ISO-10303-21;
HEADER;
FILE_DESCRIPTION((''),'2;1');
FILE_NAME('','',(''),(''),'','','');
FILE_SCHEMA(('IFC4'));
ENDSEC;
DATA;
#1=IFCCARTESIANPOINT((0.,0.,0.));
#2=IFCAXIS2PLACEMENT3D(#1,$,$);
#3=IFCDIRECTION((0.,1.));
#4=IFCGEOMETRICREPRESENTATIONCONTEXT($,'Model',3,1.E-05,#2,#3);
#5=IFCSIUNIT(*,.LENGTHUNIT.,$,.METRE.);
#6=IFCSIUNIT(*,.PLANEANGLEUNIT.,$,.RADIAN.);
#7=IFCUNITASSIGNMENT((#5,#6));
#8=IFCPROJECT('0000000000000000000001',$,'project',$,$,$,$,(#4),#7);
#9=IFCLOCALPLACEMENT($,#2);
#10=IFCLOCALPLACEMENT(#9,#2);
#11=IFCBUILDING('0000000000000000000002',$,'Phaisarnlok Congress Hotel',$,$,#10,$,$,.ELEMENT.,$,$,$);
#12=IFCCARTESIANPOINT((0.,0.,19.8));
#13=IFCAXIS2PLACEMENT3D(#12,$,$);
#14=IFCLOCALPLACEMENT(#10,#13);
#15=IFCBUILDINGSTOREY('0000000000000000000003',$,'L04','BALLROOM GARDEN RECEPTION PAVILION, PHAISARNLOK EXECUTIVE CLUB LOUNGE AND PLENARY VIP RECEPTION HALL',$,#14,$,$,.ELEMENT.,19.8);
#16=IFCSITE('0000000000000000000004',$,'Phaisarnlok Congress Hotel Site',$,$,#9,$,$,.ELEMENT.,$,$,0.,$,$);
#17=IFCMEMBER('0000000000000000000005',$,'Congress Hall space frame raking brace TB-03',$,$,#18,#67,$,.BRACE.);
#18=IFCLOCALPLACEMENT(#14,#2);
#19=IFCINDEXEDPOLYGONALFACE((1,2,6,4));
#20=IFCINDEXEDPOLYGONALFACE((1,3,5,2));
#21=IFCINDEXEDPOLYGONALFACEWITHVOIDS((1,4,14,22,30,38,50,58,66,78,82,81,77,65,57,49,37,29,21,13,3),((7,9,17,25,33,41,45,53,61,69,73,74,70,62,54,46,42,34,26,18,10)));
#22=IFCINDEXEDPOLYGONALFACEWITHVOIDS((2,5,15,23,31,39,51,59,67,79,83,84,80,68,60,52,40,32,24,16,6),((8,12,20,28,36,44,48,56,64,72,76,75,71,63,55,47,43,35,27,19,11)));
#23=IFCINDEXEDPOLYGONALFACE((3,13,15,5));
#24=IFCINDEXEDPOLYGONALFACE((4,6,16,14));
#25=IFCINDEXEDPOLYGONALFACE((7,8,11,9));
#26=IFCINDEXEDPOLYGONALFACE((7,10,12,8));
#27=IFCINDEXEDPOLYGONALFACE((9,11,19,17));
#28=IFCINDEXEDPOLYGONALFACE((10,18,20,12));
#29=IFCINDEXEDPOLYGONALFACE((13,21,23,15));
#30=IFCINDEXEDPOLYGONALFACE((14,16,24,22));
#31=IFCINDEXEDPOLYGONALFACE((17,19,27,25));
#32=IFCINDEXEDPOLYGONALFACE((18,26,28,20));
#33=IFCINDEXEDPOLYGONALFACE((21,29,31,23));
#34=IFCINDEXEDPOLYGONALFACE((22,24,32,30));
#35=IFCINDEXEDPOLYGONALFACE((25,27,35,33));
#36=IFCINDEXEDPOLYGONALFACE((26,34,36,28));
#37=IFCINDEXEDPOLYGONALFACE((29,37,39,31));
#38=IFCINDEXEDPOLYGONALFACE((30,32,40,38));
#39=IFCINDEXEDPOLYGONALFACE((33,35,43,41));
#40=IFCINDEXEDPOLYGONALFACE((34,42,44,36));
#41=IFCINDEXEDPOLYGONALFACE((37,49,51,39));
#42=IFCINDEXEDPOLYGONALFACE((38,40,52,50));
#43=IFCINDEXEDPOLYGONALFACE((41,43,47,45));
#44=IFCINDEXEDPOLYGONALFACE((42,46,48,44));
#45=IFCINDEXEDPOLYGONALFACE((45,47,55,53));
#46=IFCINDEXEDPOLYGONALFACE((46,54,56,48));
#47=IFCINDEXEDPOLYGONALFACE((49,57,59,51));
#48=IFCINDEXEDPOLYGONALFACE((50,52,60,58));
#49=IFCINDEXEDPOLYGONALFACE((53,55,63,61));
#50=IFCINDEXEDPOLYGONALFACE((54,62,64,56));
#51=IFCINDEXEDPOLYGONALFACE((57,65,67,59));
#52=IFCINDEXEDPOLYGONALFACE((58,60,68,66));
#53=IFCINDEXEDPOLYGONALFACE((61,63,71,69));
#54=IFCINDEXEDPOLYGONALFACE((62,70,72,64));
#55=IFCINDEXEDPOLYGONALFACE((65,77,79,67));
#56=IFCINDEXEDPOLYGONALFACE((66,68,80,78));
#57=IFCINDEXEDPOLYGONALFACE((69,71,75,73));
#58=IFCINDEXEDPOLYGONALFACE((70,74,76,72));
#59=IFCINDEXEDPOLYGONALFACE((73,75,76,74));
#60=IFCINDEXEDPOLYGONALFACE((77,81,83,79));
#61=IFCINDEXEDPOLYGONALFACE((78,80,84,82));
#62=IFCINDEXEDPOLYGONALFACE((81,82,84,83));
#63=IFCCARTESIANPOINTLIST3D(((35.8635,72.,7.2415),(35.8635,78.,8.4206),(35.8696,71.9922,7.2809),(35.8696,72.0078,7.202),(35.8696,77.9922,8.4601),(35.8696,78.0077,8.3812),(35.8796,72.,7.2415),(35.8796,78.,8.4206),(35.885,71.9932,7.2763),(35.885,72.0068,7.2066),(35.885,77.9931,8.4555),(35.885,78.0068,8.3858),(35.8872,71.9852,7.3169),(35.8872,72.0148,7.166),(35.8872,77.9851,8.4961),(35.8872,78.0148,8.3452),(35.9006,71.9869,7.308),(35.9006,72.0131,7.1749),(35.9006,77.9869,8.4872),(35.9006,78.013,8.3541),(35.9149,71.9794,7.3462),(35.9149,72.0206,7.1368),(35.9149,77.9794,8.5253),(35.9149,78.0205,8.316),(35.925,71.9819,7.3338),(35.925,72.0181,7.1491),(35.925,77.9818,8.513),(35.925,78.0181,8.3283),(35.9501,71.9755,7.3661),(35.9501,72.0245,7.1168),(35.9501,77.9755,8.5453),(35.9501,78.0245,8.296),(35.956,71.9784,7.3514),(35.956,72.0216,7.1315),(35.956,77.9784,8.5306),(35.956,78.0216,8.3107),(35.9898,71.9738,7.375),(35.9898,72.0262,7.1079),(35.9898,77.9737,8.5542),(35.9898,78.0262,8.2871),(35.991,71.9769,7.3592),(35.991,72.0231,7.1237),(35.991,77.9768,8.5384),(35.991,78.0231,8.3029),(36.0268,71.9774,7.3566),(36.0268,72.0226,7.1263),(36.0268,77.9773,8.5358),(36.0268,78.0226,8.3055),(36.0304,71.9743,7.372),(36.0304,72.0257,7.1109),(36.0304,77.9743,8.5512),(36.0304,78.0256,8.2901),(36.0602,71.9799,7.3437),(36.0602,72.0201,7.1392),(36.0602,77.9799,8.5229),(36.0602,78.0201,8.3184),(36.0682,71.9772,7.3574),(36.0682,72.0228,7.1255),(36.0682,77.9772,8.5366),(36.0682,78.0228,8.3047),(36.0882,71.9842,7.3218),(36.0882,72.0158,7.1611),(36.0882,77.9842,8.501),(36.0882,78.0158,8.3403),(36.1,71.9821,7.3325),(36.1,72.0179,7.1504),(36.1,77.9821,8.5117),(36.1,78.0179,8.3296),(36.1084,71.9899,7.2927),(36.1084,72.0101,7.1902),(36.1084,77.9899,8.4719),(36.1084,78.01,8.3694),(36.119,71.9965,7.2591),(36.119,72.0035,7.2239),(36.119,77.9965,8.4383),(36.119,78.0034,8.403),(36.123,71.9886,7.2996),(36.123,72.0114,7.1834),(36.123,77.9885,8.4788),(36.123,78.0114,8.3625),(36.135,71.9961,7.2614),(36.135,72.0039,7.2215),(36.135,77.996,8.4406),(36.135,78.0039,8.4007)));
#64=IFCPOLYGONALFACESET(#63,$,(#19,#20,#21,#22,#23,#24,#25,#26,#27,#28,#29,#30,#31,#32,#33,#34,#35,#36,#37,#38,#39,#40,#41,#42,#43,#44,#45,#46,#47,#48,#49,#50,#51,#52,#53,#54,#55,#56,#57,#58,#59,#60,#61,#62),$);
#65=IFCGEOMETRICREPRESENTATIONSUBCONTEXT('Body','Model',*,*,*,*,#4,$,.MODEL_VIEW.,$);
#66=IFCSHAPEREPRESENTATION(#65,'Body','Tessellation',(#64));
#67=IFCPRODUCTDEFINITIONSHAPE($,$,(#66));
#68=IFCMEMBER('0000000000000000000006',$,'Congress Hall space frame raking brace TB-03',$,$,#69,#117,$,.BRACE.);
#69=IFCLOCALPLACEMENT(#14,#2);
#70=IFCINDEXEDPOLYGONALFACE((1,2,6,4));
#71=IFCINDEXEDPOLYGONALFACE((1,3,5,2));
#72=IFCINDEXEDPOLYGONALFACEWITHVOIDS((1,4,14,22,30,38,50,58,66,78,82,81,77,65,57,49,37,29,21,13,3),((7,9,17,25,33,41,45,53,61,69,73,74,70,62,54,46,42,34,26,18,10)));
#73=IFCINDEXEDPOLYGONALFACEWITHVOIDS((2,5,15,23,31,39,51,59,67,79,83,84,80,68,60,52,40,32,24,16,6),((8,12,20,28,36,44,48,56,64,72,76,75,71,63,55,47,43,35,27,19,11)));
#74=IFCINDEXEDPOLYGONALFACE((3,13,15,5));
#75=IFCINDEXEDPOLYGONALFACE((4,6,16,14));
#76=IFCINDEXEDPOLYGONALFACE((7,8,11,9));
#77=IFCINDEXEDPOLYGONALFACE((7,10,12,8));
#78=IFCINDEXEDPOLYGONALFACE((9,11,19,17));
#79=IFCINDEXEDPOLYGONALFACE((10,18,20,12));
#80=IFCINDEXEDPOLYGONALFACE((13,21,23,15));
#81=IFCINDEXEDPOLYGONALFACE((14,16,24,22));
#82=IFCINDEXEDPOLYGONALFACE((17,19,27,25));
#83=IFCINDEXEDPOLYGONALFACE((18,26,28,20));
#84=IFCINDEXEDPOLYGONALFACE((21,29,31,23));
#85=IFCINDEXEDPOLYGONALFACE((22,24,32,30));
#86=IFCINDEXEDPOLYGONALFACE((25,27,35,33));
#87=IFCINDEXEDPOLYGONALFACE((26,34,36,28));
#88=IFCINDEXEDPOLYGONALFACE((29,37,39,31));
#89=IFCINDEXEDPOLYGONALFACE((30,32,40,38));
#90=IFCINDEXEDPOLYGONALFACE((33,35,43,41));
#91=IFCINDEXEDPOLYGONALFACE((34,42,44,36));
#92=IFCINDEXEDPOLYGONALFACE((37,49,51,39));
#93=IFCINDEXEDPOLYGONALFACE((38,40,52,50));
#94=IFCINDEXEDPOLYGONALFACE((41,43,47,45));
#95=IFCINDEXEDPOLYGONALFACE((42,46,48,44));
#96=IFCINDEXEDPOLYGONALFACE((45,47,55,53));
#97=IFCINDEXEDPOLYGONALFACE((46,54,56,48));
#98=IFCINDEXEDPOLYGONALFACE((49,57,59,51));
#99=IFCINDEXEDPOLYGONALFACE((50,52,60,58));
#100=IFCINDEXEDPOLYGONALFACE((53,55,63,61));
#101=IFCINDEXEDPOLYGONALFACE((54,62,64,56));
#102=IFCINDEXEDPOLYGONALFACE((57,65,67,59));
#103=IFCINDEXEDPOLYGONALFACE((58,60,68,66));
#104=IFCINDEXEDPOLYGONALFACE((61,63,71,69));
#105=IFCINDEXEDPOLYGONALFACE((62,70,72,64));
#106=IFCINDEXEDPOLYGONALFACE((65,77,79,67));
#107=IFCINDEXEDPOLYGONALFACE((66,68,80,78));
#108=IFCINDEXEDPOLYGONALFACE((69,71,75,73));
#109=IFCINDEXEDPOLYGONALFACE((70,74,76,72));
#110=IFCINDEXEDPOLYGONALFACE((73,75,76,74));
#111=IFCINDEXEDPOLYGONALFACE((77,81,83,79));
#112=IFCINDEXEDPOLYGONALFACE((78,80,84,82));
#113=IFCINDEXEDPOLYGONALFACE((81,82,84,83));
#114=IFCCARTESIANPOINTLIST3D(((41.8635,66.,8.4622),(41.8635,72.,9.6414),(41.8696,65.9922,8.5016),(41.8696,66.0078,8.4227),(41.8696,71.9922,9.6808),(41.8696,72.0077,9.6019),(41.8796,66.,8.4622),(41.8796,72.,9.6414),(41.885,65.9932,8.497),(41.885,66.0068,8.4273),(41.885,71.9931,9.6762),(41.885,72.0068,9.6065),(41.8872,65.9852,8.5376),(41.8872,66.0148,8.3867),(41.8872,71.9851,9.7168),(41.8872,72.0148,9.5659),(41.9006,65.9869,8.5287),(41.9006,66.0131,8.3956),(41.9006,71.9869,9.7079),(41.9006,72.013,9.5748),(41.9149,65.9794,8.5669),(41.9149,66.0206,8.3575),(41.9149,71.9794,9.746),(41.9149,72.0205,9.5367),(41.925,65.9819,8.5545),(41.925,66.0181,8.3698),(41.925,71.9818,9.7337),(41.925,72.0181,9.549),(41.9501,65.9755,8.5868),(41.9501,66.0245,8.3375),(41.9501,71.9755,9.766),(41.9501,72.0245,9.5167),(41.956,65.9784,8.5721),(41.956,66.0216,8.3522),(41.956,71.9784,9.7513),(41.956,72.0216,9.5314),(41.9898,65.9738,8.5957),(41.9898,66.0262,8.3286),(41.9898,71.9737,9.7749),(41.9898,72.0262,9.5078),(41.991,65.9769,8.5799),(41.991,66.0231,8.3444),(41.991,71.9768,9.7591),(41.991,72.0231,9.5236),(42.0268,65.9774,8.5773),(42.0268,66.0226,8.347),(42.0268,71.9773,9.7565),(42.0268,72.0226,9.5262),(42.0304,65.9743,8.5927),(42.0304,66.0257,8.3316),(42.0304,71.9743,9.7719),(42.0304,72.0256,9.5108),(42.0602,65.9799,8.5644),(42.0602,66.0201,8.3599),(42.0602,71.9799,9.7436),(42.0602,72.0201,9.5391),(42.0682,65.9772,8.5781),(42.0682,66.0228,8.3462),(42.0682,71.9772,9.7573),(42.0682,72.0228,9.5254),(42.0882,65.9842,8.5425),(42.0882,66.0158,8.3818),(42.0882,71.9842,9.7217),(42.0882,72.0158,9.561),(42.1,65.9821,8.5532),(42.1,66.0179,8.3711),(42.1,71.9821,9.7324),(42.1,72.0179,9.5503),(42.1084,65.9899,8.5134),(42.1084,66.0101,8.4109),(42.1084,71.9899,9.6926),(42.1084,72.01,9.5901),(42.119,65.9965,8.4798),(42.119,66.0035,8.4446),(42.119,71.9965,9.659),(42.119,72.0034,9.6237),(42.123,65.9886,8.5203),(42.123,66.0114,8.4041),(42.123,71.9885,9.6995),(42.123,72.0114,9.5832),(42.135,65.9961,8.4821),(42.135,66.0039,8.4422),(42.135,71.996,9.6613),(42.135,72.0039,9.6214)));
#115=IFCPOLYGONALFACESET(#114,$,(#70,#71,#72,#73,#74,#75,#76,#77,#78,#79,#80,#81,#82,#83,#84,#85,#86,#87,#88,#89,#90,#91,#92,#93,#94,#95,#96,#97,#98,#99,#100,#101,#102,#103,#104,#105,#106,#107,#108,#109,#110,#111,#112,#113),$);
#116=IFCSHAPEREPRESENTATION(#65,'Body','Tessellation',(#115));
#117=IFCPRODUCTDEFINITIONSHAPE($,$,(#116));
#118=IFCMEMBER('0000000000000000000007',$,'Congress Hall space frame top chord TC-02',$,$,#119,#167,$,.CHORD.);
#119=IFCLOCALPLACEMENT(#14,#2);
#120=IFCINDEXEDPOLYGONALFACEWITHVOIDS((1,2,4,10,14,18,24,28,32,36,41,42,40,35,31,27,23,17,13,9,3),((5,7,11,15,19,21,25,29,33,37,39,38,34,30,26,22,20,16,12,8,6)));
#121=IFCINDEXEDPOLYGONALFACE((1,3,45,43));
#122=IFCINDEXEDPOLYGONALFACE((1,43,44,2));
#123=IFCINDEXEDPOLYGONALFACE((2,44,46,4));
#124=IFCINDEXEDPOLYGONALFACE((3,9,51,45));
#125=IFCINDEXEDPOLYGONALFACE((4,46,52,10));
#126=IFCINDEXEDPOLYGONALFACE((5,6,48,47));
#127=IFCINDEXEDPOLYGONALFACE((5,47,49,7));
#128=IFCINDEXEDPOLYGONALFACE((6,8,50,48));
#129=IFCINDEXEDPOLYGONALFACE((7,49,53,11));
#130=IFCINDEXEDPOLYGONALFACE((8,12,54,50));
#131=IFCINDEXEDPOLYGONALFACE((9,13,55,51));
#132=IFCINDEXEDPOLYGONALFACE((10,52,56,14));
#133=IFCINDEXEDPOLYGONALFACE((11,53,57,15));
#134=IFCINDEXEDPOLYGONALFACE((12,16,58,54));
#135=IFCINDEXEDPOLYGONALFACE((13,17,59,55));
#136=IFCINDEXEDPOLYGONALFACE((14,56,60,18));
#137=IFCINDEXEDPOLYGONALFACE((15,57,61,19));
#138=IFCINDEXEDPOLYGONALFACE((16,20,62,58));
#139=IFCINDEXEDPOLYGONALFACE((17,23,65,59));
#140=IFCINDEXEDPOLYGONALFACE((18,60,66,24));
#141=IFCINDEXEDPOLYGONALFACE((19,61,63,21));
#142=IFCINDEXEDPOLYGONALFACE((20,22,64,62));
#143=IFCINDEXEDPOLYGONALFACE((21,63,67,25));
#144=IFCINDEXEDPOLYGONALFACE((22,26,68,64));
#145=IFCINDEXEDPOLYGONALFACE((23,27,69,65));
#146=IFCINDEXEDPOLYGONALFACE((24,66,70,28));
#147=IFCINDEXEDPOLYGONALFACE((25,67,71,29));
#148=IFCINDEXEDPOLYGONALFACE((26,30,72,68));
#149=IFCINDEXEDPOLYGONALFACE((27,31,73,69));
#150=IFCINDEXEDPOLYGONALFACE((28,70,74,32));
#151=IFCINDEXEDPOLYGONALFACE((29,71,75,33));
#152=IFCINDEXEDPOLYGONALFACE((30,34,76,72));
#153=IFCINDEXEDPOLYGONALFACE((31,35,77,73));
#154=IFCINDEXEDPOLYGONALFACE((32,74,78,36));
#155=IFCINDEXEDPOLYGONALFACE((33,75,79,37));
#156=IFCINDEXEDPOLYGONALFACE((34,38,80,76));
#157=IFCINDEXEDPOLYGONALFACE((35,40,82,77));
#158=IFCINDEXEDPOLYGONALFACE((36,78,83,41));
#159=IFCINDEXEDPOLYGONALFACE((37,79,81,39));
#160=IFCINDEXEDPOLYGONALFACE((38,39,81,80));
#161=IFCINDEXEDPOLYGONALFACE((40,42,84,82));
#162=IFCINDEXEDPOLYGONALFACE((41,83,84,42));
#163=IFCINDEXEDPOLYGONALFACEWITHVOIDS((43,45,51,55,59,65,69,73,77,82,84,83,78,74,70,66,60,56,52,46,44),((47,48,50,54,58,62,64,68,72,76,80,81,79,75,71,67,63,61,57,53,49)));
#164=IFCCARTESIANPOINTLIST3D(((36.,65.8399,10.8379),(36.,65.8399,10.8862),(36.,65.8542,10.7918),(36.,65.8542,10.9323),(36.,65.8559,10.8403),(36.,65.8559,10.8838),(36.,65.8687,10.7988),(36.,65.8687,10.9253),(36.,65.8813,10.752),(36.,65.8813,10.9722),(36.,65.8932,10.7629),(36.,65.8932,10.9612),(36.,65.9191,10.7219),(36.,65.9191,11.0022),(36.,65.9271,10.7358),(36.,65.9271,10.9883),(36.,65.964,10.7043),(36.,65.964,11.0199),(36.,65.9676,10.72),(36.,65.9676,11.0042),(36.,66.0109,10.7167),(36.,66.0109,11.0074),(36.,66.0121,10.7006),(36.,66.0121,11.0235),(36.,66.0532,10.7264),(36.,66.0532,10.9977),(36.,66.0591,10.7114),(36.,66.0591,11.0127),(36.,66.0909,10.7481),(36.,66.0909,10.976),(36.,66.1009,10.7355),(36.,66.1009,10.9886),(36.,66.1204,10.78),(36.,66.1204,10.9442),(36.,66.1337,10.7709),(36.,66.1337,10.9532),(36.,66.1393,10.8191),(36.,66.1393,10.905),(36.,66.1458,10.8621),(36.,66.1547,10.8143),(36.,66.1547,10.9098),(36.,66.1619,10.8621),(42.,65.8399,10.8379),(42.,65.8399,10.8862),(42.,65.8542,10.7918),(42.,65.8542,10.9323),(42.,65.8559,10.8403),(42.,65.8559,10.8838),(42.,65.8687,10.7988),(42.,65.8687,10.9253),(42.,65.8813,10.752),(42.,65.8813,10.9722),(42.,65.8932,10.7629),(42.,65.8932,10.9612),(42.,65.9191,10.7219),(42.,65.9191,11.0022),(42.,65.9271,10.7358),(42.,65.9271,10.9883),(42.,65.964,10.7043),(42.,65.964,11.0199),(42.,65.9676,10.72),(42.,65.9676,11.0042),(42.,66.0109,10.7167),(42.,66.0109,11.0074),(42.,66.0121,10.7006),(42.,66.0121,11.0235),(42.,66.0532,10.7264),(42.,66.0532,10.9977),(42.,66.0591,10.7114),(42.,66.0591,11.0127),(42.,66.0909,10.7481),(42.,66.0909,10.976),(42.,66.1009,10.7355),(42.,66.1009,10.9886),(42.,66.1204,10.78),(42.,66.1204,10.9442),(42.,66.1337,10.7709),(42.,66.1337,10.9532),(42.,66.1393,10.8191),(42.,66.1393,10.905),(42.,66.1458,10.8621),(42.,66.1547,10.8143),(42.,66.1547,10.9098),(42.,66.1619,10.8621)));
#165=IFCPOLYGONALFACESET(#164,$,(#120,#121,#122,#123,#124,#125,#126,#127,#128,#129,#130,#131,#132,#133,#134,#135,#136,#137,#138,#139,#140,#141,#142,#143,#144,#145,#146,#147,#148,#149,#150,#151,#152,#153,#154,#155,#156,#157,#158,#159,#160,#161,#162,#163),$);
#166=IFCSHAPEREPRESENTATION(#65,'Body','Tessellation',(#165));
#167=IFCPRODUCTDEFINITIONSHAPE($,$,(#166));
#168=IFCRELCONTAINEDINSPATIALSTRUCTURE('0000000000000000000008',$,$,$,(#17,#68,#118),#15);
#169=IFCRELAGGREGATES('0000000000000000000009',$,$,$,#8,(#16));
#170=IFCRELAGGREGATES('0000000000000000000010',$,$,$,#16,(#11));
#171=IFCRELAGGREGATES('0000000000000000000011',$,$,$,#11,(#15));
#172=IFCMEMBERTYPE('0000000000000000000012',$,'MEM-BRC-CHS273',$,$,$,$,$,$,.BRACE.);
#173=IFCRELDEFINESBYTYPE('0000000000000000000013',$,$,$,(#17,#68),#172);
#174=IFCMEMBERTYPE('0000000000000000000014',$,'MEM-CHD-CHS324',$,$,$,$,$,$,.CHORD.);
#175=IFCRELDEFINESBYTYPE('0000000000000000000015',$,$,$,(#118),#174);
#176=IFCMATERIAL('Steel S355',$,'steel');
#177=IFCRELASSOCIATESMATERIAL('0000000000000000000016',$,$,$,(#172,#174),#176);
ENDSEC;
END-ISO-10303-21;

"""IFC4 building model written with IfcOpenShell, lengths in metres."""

from ifc_helpers import new_model, si_unit, direction, frame, origin, origin_2d, place, context, subcontext, project, spatial, hollow_circle, extrude, material, material_profile, profile_set, type_object, element, save


model = new_model("IFC4")

# Units and contexts
model_context = context("Model", 3, precision=1e-05, world=origin(), true_north=direction((0.0, 1.0)))
body_context = subcontext(model_context, "Body", "Model", "MODEL_VIEW")
ifc_project = project(units=[si_unit("LENGTHUNIT", "METRE"), si_unit("PLANEANGLEUNIT", "RADIAN")], contexts=[model_context])

# Site, building, storey
site_placement = place(None, origin())
site = spatial("IfcSite", under=ifc_project, at=site_placement, Name="Phaisarnlok Congress Hotel Site", CompositionType="ELEMENT", RefElevation=0.0)
building_placement = place(site_placement, origin())
building = spatial("IfcBuilding", under=site, at=building_placement, Name="Phaisarnlok Congress Hotel", CompositionType="ELEMENT")
storey_placement = place(building_placement, frame((0.0, 0.0, 19.8)))
storey = spatial("IfcBuildingStorey", under=building, at=storey_placement, Name="L04", Description="BALLROOM GARDEN RECEPTION PAVILION, PHAISARNLOK EXECUTIVE CLUB LOUNGE AND PLENARY VIP RECEPTION HALL", CompositionType="ELEMENT", Elevation=19.8)

# Members
ifc_material = material(Name="Steel S355", Category="steel")
ifc_material_profile_1 = material_profile(ifc_material, hollow_circle(Radius=0.1365, WallThickness=0.0161, at=origin_2d()), Name="CHS 273x16")
ifc_profile_set_1 = profile_set([ifc_material_profile_1], Name="Steel S355")
member_type_1 = type_object("IfcMemberType", Name="MEM-BRC-CHS273", PredefinedType="BRACE", material=ifc_profile_set_1)
for number, where, z_axis, x_axis, name in (
    (1, (36.0, 72.0, 7.2415), (0.0, 0.981229, 0.192844), (-1.0, 0.0, 0.0), "Congress Hall space frame raking brace TB-03"),
    (2, (42.0, 66.0, 8.4622), (0.0, 0.981229, 0.192844), (-1.0, 0.0, 0.0), "Congress Hall space frame raking brace TB-03"),
):
    element("IfcMember", number, at=place(storey_placement, frame(where, z_axis=z_axis, x_axis=x_axis)), inside=storey, type_object=member_type_1, Name=name, PredefinedType="BRACE", context=body_context, shape_type="SweptSolid", body=[
        extrude(hollow_circle(Radius=0.1365, WallThickness=0.0161, at=origin_2d()), origin(), (0.0, 0.0, 1.0), 6.1147),
    ])
ifc_material_profile_2 = material_profile(ifc_material, hollow_circle(Radius=0.1619, WallThickness=0.0161, at=origin_2d()), Name="CHS 323.9x16")
ifc_profile_set_2 = profile_set([ifc_material_profile_2], Name="Steel S355")
member_type_2 = type_object("IfcMemberType", Name="MEM-CHD-CHS324", PredefinedType="CHORD", material=ifc_profile_set_2)
member_1_placement = place(storey_placement, frame((36.0, 66.0, 10.8621), z_axis=(1.0, 0.0, 0.0), x_axis=(0.0, 1.0, 0.0)))
element("IfcMember", 3, at=member_1_placement, inside=storey, type_object=member_type_2, Name="Congress Hall space frame top chord TC-02", PredefinedType="CHORD", context=body_context, shape_type="SweptSolid", body=[
    extrude(hollow_circle(Radius=0.1619, WallThickness=0.0161, at=origin_2d()), origin(), (0.0, 0.0, 1.0), 6.0),
])

save(model, "model.ifc")
